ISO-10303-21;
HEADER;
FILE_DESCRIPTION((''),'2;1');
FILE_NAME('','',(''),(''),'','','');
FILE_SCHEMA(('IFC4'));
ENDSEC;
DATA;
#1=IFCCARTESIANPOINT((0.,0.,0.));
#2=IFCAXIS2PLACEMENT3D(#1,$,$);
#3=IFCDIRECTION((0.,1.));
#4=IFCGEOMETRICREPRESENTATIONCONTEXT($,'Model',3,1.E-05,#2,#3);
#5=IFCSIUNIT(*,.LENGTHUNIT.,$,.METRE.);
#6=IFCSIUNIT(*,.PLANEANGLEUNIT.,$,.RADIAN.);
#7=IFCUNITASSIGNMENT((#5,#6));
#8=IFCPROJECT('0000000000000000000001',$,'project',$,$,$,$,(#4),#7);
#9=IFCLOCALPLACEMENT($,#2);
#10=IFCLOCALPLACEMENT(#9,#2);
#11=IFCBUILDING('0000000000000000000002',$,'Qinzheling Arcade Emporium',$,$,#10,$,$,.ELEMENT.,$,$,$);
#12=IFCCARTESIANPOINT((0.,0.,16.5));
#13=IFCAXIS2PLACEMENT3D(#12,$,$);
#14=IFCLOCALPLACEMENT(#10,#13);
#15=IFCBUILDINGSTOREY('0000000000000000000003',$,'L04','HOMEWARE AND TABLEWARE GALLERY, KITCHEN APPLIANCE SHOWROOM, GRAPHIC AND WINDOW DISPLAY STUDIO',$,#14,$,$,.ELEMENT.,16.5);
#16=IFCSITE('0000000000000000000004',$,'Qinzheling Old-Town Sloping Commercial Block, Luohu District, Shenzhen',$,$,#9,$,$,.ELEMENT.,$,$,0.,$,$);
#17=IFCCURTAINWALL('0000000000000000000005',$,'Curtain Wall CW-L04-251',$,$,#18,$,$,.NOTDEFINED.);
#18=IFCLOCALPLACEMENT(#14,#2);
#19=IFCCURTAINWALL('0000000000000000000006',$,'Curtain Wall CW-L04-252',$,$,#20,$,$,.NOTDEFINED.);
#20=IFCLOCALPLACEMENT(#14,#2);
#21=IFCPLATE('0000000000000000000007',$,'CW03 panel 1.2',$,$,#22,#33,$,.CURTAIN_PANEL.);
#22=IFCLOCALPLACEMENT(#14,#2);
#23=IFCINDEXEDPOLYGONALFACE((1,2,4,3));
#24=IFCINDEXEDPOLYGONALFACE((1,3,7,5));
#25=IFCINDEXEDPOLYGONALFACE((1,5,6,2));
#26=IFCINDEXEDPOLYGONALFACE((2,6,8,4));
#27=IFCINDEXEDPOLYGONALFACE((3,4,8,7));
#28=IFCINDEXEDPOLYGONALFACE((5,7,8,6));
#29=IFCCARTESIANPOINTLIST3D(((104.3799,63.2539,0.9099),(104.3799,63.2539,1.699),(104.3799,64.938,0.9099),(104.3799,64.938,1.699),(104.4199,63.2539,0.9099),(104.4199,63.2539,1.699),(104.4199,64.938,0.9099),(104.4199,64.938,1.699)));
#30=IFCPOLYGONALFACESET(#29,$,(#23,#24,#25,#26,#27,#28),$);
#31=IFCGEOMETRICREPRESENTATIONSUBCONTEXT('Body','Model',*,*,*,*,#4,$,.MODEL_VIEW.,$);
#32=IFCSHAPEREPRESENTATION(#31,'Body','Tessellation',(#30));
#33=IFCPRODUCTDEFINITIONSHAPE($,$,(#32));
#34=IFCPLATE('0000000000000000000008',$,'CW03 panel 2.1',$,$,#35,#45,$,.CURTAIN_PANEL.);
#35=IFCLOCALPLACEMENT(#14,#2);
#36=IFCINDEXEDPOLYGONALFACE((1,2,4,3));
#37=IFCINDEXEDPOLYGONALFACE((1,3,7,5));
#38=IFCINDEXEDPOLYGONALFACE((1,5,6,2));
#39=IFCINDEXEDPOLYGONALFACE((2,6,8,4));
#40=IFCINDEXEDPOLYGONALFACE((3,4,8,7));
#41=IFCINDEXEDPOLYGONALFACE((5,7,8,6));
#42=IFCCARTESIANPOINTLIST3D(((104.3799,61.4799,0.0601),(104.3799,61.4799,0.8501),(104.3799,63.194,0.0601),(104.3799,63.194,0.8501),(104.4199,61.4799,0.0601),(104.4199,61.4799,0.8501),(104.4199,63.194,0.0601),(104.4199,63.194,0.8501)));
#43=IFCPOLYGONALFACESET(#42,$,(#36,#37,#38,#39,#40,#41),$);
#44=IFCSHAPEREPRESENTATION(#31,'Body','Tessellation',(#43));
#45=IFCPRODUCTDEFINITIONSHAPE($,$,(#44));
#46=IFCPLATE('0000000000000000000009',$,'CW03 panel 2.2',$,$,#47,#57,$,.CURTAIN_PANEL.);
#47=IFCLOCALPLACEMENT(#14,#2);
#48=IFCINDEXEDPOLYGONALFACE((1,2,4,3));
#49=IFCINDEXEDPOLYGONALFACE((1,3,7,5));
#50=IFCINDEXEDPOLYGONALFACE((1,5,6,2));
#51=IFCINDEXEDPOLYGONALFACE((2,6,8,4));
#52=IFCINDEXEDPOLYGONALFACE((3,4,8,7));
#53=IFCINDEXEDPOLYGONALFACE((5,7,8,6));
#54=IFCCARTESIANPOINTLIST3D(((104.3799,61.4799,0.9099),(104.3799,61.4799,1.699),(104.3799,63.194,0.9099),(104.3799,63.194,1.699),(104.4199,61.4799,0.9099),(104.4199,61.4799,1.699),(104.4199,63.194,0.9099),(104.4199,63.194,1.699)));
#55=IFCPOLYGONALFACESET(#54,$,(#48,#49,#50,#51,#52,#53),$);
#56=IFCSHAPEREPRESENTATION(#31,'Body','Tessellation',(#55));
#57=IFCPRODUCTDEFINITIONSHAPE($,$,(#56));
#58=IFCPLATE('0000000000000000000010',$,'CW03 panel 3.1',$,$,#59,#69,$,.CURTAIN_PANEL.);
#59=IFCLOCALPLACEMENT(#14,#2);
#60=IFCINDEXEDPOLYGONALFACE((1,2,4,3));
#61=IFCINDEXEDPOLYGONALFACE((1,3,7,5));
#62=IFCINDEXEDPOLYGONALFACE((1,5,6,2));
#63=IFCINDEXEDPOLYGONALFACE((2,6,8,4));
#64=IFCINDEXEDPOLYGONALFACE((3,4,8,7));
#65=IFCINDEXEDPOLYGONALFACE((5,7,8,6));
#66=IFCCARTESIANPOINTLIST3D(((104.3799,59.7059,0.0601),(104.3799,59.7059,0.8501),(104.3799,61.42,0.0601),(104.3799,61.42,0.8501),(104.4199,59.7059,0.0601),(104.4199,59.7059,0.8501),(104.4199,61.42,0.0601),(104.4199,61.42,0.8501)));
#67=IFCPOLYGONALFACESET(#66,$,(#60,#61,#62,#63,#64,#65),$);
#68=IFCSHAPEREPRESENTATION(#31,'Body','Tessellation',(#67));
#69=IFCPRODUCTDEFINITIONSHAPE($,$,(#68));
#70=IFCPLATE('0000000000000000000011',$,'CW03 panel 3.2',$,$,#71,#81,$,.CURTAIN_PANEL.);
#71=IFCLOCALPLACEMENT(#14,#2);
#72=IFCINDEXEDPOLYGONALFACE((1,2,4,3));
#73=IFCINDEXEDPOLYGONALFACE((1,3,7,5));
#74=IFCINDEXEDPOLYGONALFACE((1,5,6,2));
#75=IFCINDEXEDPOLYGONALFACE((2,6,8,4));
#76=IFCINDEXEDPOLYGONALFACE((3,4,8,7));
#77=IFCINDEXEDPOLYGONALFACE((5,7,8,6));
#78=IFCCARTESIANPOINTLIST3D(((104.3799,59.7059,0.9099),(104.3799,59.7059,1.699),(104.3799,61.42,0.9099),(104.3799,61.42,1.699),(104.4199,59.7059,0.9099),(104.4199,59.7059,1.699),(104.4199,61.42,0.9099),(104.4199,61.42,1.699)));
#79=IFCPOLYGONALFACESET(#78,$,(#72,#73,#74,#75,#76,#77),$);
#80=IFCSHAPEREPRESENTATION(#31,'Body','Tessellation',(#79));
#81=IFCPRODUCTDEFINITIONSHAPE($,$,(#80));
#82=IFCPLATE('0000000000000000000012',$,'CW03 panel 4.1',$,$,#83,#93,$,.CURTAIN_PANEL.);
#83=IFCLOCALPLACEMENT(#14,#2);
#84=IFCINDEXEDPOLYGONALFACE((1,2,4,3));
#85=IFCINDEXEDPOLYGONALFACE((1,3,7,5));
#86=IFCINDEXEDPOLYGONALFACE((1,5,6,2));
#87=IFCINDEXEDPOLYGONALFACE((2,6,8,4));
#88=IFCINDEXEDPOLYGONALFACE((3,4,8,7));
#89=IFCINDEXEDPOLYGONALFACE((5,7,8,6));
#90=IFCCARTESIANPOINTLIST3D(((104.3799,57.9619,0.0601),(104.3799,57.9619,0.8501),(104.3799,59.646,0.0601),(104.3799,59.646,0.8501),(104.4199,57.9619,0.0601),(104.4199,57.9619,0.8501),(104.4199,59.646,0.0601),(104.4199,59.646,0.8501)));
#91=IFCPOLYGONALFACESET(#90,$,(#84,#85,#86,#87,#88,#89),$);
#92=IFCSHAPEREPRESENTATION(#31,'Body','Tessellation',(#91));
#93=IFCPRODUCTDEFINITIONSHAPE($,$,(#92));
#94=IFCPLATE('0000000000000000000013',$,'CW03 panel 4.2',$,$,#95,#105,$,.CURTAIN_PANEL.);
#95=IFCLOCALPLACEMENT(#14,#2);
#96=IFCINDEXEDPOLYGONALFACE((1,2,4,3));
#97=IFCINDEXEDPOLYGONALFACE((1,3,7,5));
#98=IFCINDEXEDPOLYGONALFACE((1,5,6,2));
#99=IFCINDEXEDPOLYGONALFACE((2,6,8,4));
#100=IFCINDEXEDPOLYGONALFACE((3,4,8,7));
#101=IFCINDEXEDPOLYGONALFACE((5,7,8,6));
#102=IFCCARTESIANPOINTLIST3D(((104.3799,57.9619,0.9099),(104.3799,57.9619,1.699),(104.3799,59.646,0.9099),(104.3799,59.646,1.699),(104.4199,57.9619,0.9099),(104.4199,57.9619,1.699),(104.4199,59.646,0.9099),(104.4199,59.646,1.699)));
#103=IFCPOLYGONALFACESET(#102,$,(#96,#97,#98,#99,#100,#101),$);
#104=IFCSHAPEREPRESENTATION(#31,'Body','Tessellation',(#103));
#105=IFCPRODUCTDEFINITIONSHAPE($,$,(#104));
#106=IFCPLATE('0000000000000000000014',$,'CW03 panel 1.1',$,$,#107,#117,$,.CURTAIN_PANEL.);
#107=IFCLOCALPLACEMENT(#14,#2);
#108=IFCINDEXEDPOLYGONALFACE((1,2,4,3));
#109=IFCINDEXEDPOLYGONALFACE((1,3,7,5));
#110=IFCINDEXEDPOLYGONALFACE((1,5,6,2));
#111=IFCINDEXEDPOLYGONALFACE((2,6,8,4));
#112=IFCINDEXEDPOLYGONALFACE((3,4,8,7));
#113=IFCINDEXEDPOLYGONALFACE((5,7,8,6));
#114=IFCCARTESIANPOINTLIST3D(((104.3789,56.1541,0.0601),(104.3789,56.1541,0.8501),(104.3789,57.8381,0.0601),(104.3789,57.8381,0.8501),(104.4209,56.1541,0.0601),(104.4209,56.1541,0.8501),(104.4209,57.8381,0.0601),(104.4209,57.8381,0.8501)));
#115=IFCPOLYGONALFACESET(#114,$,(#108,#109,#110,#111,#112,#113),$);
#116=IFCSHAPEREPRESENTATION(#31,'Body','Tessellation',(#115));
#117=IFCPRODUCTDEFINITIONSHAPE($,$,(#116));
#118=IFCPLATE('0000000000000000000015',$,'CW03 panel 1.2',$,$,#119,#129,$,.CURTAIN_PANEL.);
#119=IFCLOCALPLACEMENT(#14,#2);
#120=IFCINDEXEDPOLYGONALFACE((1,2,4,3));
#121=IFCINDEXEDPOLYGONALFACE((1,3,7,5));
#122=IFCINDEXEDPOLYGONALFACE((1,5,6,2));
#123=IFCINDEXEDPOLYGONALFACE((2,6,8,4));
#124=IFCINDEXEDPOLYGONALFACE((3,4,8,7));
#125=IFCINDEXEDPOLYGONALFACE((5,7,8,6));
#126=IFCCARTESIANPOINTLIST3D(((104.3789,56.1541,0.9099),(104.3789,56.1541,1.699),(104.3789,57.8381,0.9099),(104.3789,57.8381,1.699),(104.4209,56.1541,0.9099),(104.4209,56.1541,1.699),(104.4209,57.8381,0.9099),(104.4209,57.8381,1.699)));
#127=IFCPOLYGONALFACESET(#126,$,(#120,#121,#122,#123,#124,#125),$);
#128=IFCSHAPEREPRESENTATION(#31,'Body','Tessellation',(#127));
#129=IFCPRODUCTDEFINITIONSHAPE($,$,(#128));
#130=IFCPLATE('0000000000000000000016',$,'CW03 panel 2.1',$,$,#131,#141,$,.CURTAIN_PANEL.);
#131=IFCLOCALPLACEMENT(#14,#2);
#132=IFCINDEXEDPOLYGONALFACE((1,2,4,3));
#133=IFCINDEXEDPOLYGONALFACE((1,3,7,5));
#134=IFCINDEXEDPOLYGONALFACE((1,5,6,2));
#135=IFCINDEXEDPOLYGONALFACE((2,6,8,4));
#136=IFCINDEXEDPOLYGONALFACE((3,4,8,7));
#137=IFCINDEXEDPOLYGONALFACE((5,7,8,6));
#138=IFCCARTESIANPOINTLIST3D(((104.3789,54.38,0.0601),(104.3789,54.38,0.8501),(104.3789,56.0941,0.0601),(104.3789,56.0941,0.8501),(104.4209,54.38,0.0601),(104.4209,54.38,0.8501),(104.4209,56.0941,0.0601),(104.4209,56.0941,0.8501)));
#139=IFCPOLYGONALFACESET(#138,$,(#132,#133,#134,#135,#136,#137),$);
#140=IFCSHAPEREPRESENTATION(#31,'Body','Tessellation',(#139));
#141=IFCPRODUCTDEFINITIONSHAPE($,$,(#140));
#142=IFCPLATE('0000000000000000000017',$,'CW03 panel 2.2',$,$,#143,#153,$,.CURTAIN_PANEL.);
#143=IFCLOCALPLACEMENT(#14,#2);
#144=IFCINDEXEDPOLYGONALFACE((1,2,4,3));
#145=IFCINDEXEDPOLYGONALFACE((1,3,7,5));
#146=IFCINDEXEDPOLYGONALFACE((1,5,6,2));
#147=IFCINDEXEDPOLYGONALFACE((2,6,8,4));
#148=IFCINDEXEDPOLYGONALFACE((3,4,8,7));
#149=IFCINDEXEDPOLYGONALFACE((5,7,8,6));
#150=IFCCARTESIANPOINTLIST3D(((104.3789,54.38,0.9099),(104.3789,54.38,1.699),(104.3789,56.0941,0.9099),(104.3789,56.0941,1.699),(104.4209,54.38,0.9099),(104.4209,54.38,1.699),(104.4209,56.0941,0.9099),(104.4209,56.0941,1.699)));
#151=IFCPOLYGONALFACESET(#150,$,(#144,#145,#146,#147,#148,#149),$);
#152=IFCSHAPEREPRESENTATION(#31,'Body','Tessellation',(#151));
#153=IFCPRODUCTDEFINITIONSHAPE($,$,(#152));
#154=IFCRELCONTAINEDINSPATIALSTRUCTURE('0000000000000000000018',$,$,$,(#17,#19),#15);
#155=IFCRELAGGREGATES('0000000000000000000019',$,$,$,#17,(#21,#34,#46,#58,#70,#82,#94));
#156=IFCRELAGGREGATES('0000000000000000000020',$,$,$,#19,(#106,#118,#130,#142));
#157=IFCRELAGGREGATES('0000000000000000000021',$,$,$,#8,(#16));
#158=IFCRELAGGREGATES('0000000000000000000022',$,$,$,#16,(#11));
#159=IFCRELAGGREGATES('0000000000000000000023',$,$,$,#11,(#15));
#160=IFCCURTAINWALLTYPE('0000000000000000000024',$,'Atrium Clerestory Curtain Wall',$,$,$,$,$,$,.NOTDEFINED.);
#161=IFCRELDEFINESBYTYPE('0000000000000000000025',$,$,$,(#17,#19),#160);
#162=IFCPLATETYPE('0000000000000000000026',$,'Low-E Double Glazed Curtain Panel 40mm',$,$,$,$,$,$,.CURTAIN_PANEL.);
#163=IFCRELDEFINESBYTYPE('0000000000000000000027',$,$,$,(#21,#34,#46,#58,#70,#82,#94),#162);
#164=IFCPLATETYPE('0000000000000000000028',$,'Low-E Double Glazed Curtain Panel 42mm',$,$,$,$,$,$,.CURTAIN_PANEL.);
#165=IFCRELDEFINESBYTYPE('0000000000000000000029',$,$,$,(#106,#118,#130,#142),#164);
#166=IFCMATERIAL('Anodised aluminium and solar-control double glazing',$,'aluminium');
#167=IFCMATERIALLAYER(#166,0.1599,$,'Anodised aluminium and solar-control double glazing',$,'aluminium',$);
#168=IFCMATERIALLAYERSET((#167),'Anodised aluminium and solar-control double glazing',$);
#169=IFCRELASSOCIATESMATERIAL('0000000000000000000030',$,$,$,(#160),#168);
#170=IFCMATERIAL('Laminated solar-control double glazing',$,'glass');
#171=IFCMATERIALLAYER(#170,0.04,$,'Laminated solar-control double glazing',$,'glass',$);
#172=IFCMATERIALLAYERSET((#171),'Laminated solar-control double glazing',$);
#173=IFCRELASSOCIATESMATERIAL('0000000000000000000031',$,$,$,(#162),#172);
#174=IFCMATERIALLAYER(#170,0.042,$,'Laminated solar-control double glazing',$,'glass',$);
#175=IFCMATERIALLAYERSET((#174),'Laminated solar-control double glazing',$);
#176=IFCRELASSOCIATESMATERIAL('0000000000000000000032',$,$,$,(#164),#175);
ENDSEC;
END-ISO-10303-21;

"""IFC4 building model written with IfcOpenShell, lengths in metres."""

from ifc_helpers import new_model, si_unit, direction, frame, origin, origin_2d, place, context, subcontext, project, spatial, rectangle, extrude, material, layer, layer_set, type_object, element, aggregate, save


model = new_model("IFC4")

# Units and contexts
model_context = context("Model", 3, precision=1e-05, world=origin(), true_north=direction((0.0, 1.0)))
body_context = subcontext(model_context, "Body", "Model", "MODEL_VIEW")
ifc_project = project(units=[si_unit("LENGTHUNIT", "METRE"), si_unit("PLANEANGLEUNIT", "RADIAN")], contexts=[model_context])

# Site, building, storey
site_placement = place(None, origin())
site = spatial("IfcSite", under=ifc_project, at=site_placement, Name="Qinzheling Old-Town Sloping Commercial Block, Luohu District, Shenzhen", CompositionType="ELEMENT", RefElevation=0.0)
building_placement = place(site_placement, origin())
building = spatial("IfcBuilding", under=site, at=building_placement, Name="Qinzheling Arcade Emporium", CompositionType="ELEMENT")
storey_placement = place(building_placement, frame((0.0, 0.0, 16.5)))
storey = spatial("IfcBuildingStorey", under=building, at=storey_placement, Name="L04", Description="HOMEWARE AND TABLEWARE GALLERY, KITCHEN APPLIANCE SHOWROOM, GRAPHIC AND WINDOW DISPLAY STUDIO", CompositionType="ELEMENT", Elevation=16.5)

# Curtain walls
ifc_material_1 = material(Name="Anodised aluminium and solar-control double glazing", Category="aluminium")
ifc_layer_1 = layer(ifc_material_1, 0.1599, Name="Anodised aluminium and solar-control double glazing", Category="aluminium")
ifc_layer_set_1 = layer_set([ifc_layer_1], Name="Anodised aluminium and solar-control double glazing")
curtain_wall_type = type_object("IfcCurtainWallType", Name="Atrium Clerestory Curtain Wall", PredefinedType="NOTDEFINED", material=ifc_layer_set_1)
curtain_wall_1_placement = place(storey_placement, origin())
curtain_wall_1 = element("IfcCurtainWall", 1, at=curtain_wall_1_placement, inside=storey, type_object=curtain_wall_type, Name="Curtain Wall CW-L04-251", PredefinedType="NOTDEFINED")
curtain_wall_2_placement = place(storey_placement, origin())
curtain_wall_2 = element("IfcCurtainWall", 2, at=curtain_wall_2_placement, inside=storey, type_object=curtain_wall_type, Name="Curtain Wall CW-L04-252", PredefinedType="NOTDEFINED")

# Plates
ifc_material_2 = material(Name="Laminated solar-control double glazing", Category="glass")
ifc_layer_2 = layer(ifc_material_2, 0.04, Name="Laminated solar-control double glazing", Category="glass")
ifc_layer_set_2 = layer_set([ifc_layer_2], Name="Laminated solar-control double glazing")
plate_type_1 = type_object("IfcPlateType", Name="Low-E Double Glazed Curtain Panel 40mm", PredefinedType="CURTAIN_PANEL", material=ifc_layer_set_2)
plate_1_placement = place(storey_placement, frame((104.3999, 64.0959, 0.9099), z_axis=(0.0, 0.0, 1.0), x_axis=(0.0, -1.0, 0.0)))
plate_1 = element("IfcPlate", 3, at=plate_1_placement, type_object=plate_type_1, Name="CW03 panel 1.2", PredefinedType="CURTAIN_PANEL", context=body_context, shape_type="SweptSolid", body=[
    extrude(rectangle(XDim=1.6841, YDim=0.04, at=origin_2d()), origin(), (0.0, 0.0, 1.0), 0.7891),
])
plate_2_placement = place(storey_placement, frame((104.3999, 62.3369, 0.0601), z_axis=(0.0, 0.0, 1.0), x_axis=(0.0, -1.0, 0.0)))
plate_2 = element("IfcPlate", 4, at=plate_2_placement, type_object=plate_type_1, Name="CW03 panel 2.1", PredefinedType="CURTAIN_PANEL", context=body_context, shape_type="SweptSolid", body=[
    extrude(rectangle(XDim=1.7141, YDim=0.04, at=origin_2d()), origin(), (0.0, 0.0, 1.0), 0.79),
])
plate_3_placement = place(storey_placement, frame((104.3999, 62.3369, 0.9099), z_axis=(0.0, 0.0, 1.0), x_axis=(0.0, -1.0, 0.0)))
plate_3 = element("IfcPlate", 5, at=plate_3_placement, type_object=plate_type_1, Name="CW03 panel 2.2", PredefinedType="CURTAIN_PANEL", context=body_context, shape_type="SweptSolid", body=[
    extrude(rectangle(XDim=1.7141, YDim=0.04, at=origin_2d()), origin(), (0.0, 0.0, 1.0), 0.7891),
])
plate_4_placement = place(storey_placement, frame((104.3999, 60.563, 0.0601), z_axis=(0.0, 0.0, 1.0), x_axis=(0.0, -1.0, 0.0)))
plate_4 = element("IfcPlate", 6, at=plate_4_placement, type_object=plate_type_1, Name="CW03 panel 3.1", PredefinedType="CURTAIN_PANEL", context=body_context, shape_type="SweptSolid", body=[
    extrude(rectangle(XDim=1.7141, YDim=0.04, at=origin_2d()), origin(), (0.0, 0.0, 1.0), 0.79),
])
plate_5_placement = place(storey_placement, frame((104.3999, 60.563, 0.9099), z_axis=(0.0, 0.0, 1.0), x_axis=(0.0, -1.0, 0.0)))
plate_5 = element("IfcPlate", 7, at=plate_5_placement, type_object=plate_type_1, Name="CW03 panel 3.2", PredefinedType="CURTAIN_PANEL", context=body_context, shape_type="SweptSolid", body=[
    extrude(rectangle(XDim=1.7141, YDim=0.04, at=origin_2d()), origin(), (0.0, 0.0, 1.0), 0.7891),
])
plate_6_placement = place(storey_placement, frame((104.3999, 58.804, 0.0601), z_axis=(0.0, 0.0, 1.0), x_axis=(0.0, -1.0, 0.0)))
plate_6 = element("IfcPlate", 8, at=plate_6_placement, type_object=plate_type_1, Name="CW03 panel 4.1", PredefinedType="CURTAIN_PANEL", context=body_context, shape_type="SweptSolid", body=[
    extrude(rectangle(XDim=1.6841, YDim=0.04, at=origin_2d()), origin(), (0.0, 0.0, 1.0), 0.79),
])
plate_7_placement = place(storey_placement, frame((104.3999, 58.804, 0.9099), z_axis=(0.0, 0.0, 1.0), x_axis=(0.0, -1.0, 0.0)))
plate_7 = element("IfcPlate", 9, at=plate_7_placement, type_object=plate_type_1, Name="CW03 panel 4.2", PredefinedType="CURTAIN_PANEL", context=body_context, shape_type="SweptSolid", body=[
    extrude(rectangle(XDim=1.6841, YDim=0.04, at=origin_2d()), origin(), (0.0, 0.0, 1.0), 0.7891),
])
aggregate(curtain_wall_1, [plate_1, plate_2, plate_3, plate_4, plate_5, plate_6, plate_7])
ifc_layer_3 = layer(ifc_material_2, 0.042, Name="Laminated solar-control double glazing", Category="glass")
ifc_layer_set_3 = layer_set([ifc_layer_3], Name="Laminated solar-control double glazing")
plate_type_2 = type_object("IfcPlateType", Name="Low-E Double Glazed Curtain Panel 42mm", PredefinedType="CURTAIN_PANEL", material=ifc_layer_set_3)
plate_8_placement = place(storey_placement, frame((104.3999, 56.9961, 0.0601), z_axis=(0.0, 0.0, 1.0), x_axis=(0.0, -1.0, 0.0)))
plate_8 = element("IfcPlate", 10, at=plate_8_placement, type_object=plate_type_2, Name="CW03 panel 1.1", PredefinedType="CURTAIN_PANEL", context=body_context, shape_type="SweptSolid", body=[
    extrude(rectangle(XDim=1.6841, YDim=0.042, at=origin_2d()), origin(), (0.0, 0.0, 1.0), 0.79),
])
plate_9_placement = place(storey_placement, frame((104.3999, 56.9961, 0.9099), z_axis=(0.0, 0.0, 1.0), x_axis=(0.0, -1.0, 0.0)))
plate_9 = element("IfcPlate", 11, at=plate_9_placement, type_object=plate_type_2, Name="CW03 panel 1.2", PredefinedType="CURTAIN_PANEL", context=body_context, shape_type="SweptSolid", body=[
    extrude(rectangle(XDim=1.6841, YDim=0.042, at=origin_2d()), origin(), (0.0, 0.0, 1.0), 0.7891),
])
plate_10_placement = place(storey_placement, frame((104.3999, 55.2371, 0.0601), z_axis=(0.0, 0.0, 1.0), x_axis=(0.0, -1.0, 0.0)))
plate_10 = element("IfcPlate", 12, at=plate_10_placement, type_object=plate_type_2, Name="CW03 panel 2.1", PredefinedType="CURTAIN_PANEL", context=body_context, shape_type="SweptSolid", body=[
    extrude(rectangle(XDim=1.7141, YDim=0.042, at=origin_2d()), origin(), (0.0, 0.0, 1.0), 0.79),
])
plate_11_placement = place(storey_placement, frame((104.3999, 55.2371, 0.9099), z_axis=(0.0, 0.0, 1.0), x_axis=(0.0, -1.0, 0.0)))
plate_11 = element("IfcPlate", 13, at=plate_11_placement, type_object=plate_type_2, Name="CW03 panel 2.2", PredefinedType="CURTAIN_PANEL", context=body_context, shape_type="SweptSolid", body=[
    extrude(rectangle(XDim=1.7141, YDim=0.042, at=origin_2d()), origin(), (0.0, 0.0, 1.0), 0.7891),
])
aggregate(curtain_wall_2, [plate_8, plate_9, plate_10, plate_11])

save(model, "model.ifc")
